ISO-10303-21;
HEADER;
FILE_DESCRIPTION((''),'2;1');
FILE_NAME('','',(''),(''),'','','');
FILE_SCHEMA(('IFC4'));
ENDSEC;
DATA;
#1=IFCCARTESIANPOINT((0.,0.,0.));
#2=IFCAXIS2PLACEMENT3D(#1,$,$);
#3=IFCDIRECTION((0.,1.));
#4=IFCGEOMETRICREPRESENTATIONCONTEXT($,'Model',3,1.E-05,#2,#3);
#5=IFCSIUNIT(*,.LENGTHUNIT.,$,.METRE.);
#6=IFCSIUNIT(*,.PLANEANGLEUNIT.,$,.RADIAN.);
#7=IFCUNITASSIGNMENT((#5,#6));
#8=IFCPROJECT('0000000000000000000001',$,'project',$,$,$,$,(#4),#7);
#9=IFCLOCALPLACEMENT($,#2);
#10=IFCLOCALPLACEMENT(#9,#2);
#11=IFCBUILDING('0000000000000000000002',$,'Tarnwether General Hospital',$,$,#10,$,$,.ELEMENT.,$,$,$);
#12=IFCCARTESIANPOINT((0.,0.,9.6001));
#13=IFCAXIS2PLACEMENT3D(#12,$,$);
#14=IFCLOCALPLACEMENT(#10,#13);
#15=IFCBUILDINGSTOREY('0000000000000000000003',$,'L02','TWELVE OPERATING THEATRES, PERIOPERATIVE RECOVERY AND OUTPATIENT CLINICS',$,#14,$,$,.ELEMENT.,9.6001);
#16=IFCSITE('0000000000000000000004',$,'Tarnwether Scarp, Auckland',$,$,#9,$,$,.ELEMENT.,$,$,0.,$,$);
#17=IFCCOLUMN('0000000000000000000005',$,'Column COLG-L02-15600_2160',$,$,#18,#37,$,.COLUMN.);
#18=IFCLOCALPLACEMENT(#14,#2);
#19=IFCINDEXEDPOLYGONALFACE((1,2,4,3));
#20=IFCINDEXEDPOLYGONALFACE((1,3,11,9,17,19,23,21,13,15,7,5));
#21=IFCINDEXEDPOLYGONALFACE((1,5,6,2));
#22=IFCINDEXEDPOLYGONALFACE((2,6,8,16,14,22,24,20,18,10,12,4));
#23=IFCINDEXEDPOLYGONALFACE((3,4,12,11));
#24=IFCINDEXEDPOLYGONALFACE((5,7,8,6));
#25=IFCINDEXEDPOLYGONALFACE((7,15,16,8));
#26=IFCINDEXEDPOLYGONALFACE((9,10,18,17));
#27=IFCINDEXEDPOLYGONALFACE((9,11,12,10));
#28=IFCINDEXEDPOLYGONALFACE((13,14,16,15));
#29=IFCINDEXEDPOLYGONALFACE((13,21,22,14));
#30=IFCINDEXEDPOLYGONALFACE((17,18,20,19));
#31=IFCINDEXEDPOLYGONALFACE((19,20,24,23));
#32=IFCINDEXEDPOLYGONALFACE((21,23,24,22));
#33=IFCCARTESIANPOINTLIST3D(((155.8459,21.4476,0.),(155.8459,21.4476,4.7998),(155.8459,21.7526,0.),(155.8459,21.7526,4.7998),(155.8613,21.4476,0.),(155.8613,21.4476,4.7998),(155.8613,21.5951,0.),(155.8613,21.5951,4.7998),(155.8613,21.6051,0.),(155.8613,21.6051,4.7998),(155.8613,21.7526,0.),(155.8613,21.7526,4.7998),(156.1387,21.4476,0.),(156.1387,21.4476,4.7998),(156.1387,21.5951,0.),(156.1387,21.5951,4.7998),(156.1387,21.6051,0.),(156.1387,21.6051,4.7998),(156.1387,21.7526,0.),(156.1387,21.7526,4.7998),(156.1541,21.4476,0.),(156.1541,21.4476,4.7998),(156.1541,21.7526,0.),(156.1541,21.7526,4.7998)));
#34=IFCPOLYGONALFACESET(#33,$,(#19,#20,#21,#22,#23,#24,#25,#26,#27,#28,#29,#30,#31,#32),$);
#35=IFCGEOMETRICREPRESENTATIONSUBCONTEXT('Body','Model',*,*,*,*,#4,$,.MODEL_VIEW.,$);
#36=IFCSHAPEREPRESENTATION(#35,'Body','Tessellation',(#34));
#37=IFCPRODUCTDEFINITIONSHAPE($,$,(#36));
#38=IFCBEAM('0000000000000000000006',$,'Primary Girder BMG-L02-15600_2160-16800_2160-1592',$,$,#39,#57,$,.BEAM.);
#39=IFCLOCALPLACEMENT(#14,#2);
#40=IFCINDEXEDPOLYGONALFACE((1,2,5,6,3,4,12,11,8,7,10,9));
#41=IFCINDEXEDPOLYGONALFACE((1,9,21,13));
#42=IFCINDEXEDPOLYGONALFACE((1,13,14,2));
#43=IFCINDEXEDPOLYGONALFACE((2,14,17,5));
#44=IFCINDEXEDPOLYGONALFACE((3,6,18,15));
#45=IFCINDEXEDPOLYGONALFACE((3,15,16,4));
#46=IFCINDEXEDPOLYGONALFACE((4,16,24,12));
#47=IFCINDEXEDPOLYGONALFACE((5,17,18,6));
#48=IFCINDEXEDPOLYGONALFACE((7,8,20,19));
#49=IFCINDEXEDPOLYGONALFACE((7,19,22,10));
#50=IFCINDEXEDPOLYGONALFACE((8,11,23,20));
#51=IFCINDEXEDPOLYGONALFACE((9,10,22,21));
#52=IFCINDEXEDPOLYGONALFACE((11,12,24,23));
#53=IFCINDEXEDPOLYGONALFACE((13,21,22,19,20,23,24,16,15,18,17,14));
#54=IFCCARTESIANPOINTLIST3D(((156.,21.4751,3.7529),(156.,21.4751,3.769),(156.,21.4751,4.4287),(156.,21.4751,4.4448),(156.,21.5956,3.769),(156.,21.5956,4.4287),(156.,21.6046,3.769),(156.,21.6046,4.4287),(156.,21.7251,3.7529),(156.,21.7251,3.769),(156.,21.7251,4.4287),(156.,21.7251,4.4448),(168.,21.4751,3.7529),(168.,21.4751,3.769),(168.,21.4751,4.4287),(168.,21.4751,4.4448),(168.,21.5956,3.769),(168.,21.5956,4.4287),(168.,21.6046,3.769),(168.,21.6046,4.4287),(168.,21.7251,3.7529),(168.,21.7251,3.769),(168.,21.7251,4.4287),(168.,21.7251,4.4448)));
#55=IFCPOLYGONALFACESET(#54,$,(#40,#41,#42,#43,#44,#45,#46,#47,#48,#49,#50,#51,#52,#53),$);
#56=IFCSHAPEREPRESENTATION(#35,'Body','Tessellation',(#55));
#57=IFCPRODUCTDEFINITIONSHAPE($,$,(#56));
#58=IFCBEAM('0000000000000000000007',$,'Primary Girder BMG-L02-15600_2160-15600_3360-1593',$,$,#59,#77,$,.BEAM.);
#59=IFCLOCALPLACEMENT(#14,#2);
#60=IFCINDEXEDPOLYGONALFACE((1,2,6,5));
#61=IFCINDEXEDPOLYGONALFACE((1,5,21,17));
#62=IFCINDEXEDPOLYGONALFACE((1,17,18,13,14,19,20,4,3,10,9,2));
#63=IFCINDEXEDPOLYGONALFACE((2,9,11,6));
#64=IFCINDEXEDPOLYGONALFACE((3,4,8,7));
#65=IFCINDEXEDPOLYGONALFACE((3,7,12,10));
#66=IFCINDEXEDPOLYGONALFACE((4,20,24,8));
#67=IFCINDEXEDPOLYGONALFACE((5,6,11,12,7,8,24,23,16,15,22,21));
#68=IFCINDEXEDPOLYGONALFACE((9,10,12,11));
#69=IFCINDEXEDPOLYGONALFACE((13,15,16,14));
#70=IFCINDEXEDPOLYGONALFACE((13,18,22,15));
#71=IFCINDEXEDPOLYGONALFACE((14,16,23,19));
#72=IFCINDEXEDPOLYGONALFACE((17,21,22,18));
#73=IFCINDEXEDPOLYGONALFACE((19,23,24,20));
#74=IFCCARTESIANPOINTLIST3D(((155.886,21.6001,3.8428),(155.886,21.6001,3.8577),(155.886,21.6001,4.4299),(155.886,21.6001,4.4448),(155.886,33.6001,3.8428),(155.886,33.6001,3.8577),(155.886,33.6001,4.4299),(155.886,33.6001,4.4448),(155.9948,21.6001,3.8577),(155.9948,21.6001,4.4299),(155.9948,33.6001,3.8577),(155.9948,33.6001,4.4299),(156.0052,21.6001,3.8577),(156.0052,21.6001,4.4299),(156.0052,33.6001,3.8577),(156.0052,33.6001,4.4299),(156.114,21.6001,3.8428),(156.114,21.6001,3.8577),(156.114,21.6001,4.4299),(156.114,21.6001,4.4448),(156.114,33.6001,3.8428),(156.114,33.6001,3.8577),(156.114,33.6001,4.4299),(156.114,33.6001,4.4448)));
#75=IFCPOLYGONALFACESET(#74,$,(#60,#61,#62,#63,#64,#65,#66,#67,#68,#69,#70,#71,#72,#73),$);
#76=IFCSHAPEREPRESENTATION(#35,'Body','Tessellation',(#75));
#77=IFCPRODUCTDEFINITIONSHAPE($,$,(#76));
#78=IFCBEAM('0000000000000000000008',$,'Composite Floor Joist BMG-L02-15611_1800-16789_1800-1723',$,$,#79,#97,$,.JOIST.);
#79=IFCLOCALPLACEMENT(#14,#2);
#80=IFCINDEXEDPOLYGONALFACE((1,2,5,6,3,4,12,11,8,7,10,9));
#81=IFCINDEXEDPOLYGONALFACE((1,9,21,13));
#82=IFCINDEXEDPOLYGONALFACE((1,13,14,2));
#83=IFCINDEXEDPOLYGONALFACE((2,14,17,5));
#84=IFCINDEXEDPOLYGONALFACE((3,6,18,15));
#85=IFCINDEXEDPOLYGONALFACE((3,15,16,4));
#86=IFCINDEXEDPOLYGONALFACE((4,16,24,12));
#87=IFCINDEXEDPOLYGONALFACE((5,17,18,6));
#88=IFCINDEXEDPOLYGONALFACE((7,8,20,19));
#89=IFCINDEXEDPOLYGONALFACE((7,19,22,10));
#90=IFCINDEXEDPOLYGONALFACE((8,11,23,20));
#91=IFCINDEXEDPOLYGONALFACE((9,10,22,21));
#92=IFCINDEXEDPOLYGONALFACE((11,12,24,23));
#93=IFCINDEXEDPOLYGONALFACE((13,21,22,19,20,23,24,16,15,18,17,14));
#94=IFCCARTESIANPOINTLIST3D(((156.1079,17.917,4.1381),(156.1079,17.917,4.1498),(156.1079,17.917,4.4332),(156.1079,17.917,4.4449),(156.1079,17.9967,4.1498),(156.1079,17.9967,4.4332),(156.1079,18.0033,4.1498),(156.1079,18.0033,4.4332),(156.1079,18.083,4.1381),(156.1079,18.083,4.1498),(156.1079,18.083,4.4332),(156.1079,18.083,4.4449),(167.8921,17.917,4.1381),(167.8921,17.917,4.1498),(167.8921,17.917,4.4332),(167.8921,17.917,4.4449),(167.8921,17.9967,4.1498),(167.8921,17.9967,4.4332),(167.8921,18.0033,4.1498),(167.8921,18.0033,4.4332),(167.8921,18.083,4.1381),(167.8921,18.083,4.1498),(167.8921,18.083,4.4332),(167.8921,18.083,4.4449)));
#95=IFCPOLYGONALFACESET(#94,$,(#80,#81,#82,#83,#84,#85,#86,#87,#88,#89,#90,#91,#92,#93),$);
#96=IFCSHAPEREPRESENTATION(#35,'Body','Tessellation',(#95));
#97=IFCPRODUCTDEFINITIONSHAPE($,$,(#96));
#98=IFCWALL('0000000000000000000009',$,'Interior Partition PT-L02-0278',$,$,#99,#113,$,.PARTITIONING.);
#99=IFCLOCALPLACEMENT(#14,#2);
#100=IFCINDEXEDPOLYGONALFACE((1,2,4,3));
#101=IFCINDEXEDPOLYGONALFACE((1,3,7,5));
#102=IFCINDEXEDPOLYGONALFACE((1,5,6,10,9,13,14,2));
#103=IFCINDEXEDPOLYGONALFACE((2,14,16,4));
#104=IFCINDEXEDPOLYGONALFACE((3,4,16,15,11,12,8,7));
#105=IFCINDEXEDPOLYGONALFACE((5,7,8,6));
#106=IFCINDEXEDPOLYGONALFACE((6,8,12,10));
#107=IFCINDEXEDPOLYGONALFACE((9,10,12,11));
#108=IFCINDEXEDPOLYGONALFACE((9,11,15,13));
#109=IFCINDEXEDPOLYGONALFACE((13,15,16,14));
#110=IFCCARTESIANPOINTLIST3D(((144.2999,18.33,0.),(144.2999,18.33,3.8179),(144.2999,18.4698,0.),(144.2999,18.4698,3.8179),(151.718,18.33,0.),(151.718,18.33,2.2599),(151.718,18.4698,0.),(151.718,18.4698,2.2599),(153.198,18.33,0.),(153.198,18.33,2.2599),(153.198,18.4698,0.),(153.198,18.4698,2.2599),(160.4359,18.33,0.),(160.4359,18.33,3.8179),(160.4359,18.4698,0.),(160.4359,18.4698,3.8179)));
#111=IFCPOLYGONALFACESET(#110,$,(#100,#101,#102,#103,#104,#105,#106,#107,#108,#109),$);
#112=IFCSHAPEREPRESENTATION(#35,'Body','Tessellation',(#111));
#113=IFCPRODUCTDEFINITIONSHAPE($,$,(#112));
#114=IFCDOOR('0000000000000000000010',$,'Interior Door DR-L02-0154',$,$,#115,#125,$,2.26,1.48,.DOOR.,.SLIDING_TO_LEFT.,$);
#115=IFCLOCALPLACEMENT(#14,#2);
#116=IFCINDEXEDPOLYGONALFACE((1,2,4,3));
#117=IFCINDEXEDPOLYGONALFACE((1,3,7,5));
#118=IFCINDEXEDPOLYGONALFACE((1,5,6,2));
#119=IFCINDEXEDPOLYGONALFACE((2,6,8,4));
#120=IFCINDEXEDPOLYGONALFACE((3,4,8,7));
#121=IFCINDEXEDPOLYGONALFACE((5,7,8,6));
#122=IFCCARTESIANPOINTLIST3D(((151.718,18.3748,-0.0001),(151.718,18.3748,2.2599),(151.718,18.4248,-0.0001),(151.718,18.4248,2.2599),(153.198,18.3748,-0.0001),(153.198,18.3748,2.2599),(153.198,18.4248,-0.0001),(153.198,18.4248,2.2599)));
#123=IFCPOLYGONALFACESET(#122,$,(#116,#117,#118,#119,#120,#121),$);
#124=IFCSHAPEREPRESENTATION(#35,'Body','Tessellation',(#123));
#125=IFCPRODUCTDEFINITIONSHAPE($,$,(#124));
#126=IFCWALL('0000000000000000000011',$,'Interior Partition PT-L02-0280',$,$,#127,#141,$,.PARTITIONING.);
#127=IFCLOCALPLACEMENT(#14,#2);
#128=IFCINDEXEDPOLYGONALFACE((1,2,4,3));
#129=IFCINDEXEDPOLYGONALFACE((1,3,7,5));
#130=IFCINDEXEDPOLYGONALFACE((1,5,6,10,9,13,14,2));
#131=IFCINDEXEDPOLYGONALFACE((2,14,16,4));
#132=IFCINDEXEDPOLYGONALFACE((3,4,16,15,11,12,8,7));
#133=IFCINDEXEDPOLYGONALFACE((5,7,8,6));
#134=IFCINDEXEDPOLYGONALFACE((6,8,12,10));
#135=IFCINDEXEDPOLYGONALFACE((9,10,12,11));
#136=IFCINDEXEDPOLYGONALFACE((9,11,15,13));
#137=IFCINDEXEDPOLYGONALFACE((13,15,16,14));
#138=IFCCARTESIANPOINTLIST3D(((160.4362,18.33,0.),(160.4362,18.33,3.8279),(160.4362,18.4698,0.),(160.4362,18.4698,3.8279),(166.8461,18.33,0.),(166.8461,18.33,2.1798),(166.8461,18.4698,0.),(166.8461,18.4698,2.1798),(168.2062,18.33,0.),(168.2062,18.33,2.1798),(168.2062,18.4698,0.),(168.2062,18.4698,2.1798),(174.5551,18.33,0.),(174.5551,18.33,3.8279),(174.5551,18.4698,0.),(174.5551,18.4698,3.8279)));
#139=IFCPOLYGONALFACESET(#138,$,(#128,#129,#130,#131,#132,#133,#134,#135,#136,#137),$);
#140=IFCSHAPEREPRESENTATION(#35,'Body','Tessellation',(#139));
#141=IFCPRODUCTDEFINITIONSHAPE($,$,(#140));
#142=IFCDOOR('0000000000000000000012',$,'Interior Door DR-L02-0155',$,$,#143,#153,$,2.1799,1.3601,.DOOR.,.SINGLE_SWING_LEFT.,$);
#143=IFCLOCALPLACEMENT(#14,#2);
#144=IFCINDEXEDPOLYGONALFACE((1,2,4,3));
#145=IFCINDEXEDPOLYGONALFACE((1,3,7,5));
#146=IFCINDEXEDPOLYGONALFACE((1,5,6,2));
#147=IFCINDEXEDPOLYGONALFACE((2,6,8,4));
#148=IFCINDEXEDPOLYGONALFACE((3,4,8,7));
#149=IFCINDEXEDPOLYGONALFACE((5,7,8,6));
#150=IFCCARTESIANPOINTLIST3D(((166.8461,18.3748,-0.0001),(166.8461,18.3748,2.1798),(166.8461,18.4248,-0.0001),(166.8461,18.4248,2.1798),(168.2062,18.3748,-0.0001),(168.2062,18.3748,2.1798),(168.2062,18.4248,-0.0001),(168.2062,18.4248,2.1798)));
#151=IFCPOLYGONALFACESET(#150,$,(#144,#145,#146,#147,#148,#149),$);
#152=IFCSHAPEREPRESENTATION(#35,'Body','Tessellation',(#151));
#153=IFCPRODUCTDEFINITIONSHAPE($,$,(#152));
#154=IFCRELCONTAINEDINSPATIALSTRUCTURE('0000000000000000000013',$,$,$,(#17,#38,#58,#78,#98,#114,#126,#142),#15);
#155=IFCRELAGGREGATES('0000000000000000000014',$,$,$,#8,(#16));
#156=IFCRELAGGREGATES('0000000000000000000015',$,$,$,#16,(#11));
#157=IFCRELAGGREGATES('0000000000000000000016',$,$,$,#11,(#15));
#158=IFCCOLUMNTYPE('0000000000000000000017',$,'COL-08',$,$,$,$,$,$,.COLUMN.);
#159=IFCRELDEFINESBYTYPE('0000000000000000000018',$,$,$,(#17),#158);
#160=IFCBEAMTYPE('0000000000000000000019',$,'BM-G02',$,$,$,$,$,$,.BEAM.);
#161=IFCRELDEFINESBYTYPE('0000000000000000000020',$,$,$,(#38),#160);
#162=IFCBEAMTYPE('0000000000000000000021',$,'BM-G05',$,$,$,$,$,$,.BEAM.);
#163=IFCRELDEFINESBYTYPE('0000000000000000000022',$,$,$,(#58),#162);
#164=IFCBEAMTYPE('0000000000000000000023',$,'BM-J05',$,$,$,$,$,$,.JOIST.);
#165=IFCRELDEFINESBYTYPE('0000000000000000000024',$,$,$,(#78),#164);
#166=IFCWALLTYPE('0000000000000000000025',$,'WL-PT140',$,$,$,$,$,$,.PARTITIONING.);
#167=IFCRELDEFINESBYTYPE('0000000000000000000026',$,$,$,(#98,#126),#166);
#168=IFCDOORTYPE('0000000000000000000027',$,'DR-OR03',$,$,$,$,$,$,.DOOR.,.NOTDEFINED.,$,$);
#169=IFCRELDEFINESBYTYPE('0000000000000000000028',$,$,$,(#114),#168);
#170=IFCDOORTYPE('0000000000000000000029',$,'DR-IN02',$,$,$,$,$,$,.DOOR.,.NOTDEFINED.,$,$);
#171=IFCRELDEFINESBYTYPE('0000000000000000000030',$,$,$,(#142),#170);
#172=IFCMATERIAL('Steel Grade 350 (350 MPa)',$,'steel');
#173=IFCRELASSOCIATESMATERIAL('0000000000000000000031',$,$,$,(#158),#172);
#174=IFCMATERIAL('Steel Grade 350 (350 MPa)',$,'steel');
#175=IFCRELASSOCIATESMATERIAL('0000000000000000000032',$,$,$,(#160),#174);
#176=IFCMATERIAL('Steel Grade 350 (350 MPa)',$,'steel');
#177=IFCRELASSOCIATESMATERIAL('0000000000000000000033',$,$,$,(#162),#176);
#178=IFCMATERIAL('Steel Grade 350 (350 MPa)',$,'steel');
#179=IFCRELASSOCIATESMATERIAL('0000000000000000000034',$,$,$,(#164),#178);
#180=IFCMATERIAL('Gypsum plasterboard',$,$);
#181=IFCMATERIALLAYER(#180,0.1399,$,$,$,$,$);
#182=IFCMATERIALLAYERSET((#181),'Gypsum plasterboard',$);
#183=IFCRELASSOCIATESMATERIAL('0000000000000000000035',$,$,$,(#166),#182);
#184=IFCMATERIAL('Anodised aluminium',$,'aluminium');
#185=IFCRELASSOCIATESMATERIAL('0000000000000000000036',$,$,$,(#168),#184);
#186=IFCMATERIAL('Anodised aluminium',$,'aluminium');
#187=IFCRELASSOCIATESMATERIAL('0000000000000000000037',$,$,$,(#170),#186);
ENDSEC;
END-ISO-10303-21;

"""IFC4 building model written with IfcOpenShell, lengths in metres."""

from ifc_helpers import new_model, si_unit, direction, frame, frame_2d, origin, origin_2d, place, context, subcontext, project, spatial, rectangle, i_section, extrude, material, layer, layer_set, material_profile, profile_set, type_object, element, fill, save


model = new_model("IFC4")

# Units and contexts
model_context = context("Model", 3, precision=1e-05, world=origin(), true_north=direction((0.0, 1.0)))
body_context = subcontext(model_context, "Body", "Model", "MODEL_VIEW")
ifc_project = project(units=[si_unit("LENGTHUNIT", "METRE"), si_unit("PLANEANGLEUNIT", "RADIAN")], contexts=[model_context])

# Site, building, storey
site_placement = place(None, origin())
site = spatial("IfcSite", under=ifc_project, at=site_placement, Name="Tarnwether Scarp, Auckland", CompositionType="ELEMENT", RefElevation=0.0)
building_placement = place(site_placement, origin())
building = spatial("IfcBuilding", under=site, at=building_placement, Name="Tarnwether General Hospital", CompositionType="ELEMENT")
storey_placement = place(building_placement, frame((0.0, 0.0, 9.6001)))
storey = spatial("IfcBuildingStorey", under=building, at=storey_placement, Name="L02", Description="TWELVE OPERATING THEATRES, PERIOPERATIVE RECOVERY AND OUTPATIENT CLINICS", CompositionType="ELEMENT", Elevation=9.6001)

# Column
ifc_material_1 = material(Name="Steel Grade 350 (350 MPa)", Category="steel")
ifc_material_profile_1 = material_profile(ifc_material_1, i_section(OverallWidth=0.3049, OverallDepth=0.3081, WebThickness=0.01, FlangeThickness=0.0154, at=origin_2d()), Name="310UC96.8")
ifc_profile_set_1 = profile_set([ifc_material_profile_1], Name="Steel Grade 350 (350 MPa)")
column_type = type_object("IfcColumnType", Name="COL-08", PredefinedType="COLUMN", material=ifc_profile_set_1)
column_placement = place(storey_placement, frame((156.0, 21.6001, 0.0), z_axis=(0.0, 0.0, 1.0), x_axis=(0.0, 1.0, 0.0)))
element("IfcColumn", 1, at=column_placement, inside=storey, type_object=column_type, Name="Column COLG-L02-15600_2160", PredefinedType="COLUMN", context=body_context, shape_type="SweptSolid", body=[
    extrude(i_section(OverallWidth=0.3049, OverallDepth=0.3081, WebThickness=0.01, FlangeThickness=0.0154, at=origin_2d()), origin(), (0.0, 0.0, 1.0), 4.7998),
])

# Beams
ifc_material_2 = material(Name="Steel Grade 350 (350 MPa)", Category="steel")
ifc_material_profile_2 = material_profile(ifc_material_2, i_section(OverallWidth=0.25, OverallDepth=0.6919, WebThickness=0.009, FlangeThickness=0.0161, at=origin_2d()), Name="700WB115")
ifc_profile_set_2 = profile_set([ifc_material_profile_2], Name="Steel Grade 350 (350 MPa)")
beam_type_1 = type_object("IfcBeamType", Name="BM-G02", PredefinedType="BEAM", material=ifc_profile_set_2)
beam_1_placement = place(storey_placement, frame((156.0, 21.6001, 4.0989), z_axis=(1.0, 0.0, 0.0), x_axis=(0.0, 1.0, 0.0)))
element("IfcBeam", 2, at=beam_1_placement, inside=storey, type_object=beam_type_1, Name="Primary Girder BMG-L02-15600_2160-16800_2160-1592", PredefinedType="BEAM", context=body_context, shape_type="SweptSolid", body=[
    extrude(i_section(OverallWidth=0.25, OverallDepth=0.6919, WebThickness=0.009, FlangeThickness=0.0161, at=origin_2d()), origin(), (0.0, 0.0, 1.0), 12.0),
])
ifc_material_3 = material(Name="Steel Grade 350 (350 MPa)", Category="steel")
ifc_material_profile_3 = material_profile(ifc_material_3, i_section(OverallWidth=0.228, OverallDepth=0.6021, WebThickness=0.0105, FlangeThickness=0.0149, at=origin_2d()), Name="610UB101")
ifc_profile_set_3 = profile_set([ifc_material_profile_3], Name="Steel Grade 350 (350 MPa)")
beam_type_2 = type_object("IfcBeamType", Name="BM-G05", PredefinedType="BEAM", material=ifc_profile_set_3)
beam_2_placement = place(storey_placement, frame((156.0, 21.6001, 4.1438), z_axis=(0.0, 1.0, 0.0), x_axis=(-1.0, 0.0, 0.0)))
element("IfcBeam", 3, at=beam_2_placement, inside=storey, type_object=beam_type_2, Name="Primary Girder BMG-L02-15600_2160-15600_3360-1593", PredefinedType="BEAM", context=body_context, shape_type="SweptSolid", body=[
    extrude(i_section(OverallWidth=0.228, OverallDepth=0.6021, WebThickness=0.0105, FlangeThickness=0.0149, at=origin_2d()), origin(), (0.0, 0.0, 1.0), 12.0),
])
ifc_material_4 = material(Name="Steel Grade 350 (350 MPa)", Category="steel")
ifc_material_profile_4 = material_profile(ifc_material_4, i_section(OverallWidth=0.166, OverallDepth=0.3069, WebThickness=0.0066, FlangeThickness=0.0117, at=origin_2d()), Name="310UB46.2")
ifc_profile_set_4 = profile_set([ifc_material_profile_4], Name="Steel Grade 350 (350 MPa)")
beam_type_3 = type_object("IfcBeamType", Name="BM-J05", PredefinedType="JOIST", material=ifc_profile_set_4)
beam_3_placement = place(storey_placement, frame((156.1079, 18.0, 4.2915), z_axis=(1.0, 0.0, 0.0), x_axis=(0.0, 1.0, 0.0)))
element("IfcBeam", 4, at=beam_3_placement, inside=storey, type_object=beam_type_3, Name="Composite Floor Joist BMG-L02-15611_1800-16789_1800-1723", PredefinedType="JOIST", context=body_context, shape_type="SweptSolid", body=[
    extrude(i_section(OverallWidth=0.166, OverallDepth=0.3069, WebThickness=0.0066, FlangeThickness=0.0117, at=origin_2d()), origin(), (0.0, 0.0, 1.0), 11.7842),
])

# Walls, openings, doors
ifc_material_5 = material(Name="Gypsum plasterboard")
ifc_layer_1 = layer(ifc_material_5, 0.1399)
ifc_layer_set_1 = layer_set([ifc_layer_1], Name="Gypsum plasterboard")
wall_type_1 = type_object("IfcWallType", Name="WL-PT140", PredefinedType="PARTITIONING", material=ifc_layer_set_1)
wall_1_placement = place(storey_placement, frame((144.3, 18.3999, 0.0), z_axis=(0.0, 0.0, 1.0), x_axis=(1.0, 0.0, 0.0)))
wall_1 = element("IfcWall", 5, at=wall_1_placement, inside=storey, type_object=wall_type_1, Name="Interior Partition PT-L02-0278", PredefinedType="PARTITIONING", context=body_context, shape_type="SweptSolid", body=[
    extrude(rectangle(XDim=16.136, YDim=0.1399, at=frame_2d((8.0679, 0.0))), origin(), (0.0, 0.0, 1.0), 3.8179),
])
opening_1_placement = place(wall_1_placement, frame((7.418, 0.0, 0.0)))
opening_1 = element("IfcOpeningElement", 6, at=opening_1_placement, cuts=wall_1, PredefinedType="OPENING", context=body_context, shape_type="SweptSolid", body=[
    extrude(rectangle(XDim=1.48, YDim=2.26, at=frame_2d((0.74, 1.1299))), frame((0.0, 0.0801, 0.0), z_axis=(0.0, -1.0, 0.0), x_axis=(1.0, 0.0, 0.0)), (0.0, 0.0, 1.0), 0.1599),
])
ifc_material_6 = material(Name="Anodised aluminium", Category="aluminium")
door_type_1 = type_object("IfcDoorType", Name="DR-OR03", OperationType="NOTDEFINED", PredefinedType="DOOR", material=ifc_material_6)
door_1_placement = place(opening_1_placement, origin())
door_1 = element("IfcDoor", 7, at=door_1_placement, inside=storey, type_object=door_type_1, Name="Interior Door DR-L02-0154", OperationType="SLIDING_TO_LEFT", OverallHeight=2.26, OverallWidth=1.48, PredefinedType="DOOR", context=body_context, shape_type="SweptSolid", body=[
    extrude(rectangle(XDim=1.48, YDim=2.26, at=frame_2d((0.74, 1.1299))), frame((0.0, 0.0249, 0.0), z_axis=(0.0, -1.0, 0.0), x_axis=(1.0, 0.0, 0.0)), (0.0, 0.0, 1.0), 0.05),
])
fill(opening_1, door_1)
wall_2_placement = place(storey_placement, frame((160.436, 18.3999, 0.0), z_axis=(0.0, 0.0, 1.0), x_axis=(1.0, 0.0, 0.0)))
wall_2 = element("IfcWall", 8, at=wall_2_placement, inside=storey, type_object=wall_type_1, Name="Interior Partition PT-L02-0280", PredefinedType="PARTITIONING", context=body_context, shape_type="SweptSolid", body=[
    extrude(rectangle(XDim=14.1189, YDim=0.1399, at=frame_2d((7.0596, 0.0))), origin(), (0.0, 0.0, 1.0), 3.8279),
])
opening_2_placement = place(wall_2_placement, frame((6.4099, 0.0, 0.0)))
opening_2 = element("IfcOpeningElement", 9, at=opening_2_placement, cuts=wall_2, PredefinedType="OPENING", context=body_context, shape_type="SweptSolid", body=[
    extrude(rectangle(XDim=1.3601, YDim=2.1799, at=frame_2d((0.6802, 1.0898))), frame((0.0, 0.0801, 0.0), z_axis=(0.0, -1.0, 0.0), x_axis=(1.0, 0.0, 0.0)), (0.0, 0.0, 1.0), 0.1599),
])
ifc_material_7 = material(Name="Anodised aluminium", Category="aluminium")
door_type_2 = type_object("IfcDoorType", Name="DR-IN02", OperationType="NOTDEFINED", PredefinedType="DOOR", material=ifc_material_7)
door_2_placement = place(opening_2_placement, origin())
door_2 = element("IfcDoor", 10, at=door_2_placement, inside=storey, type_object=door_type_2, Name="Interior Door DR-L02-0155", OperationType="SINGLE_SWING_LEFT", OverallHeight=2.1799, OverallWidth=1.3601, PredefinedType="DOOR", context=body_context, shape_type="SweptSolid", body=[
    extrude(rectangle(XDim=1.3601, YDim=2.1799, at=frame_2d((0.6802, 1.0898))), frame((0.0, 0.0249, 0.0), z_axis=(0.0, -1.0, 0.0), x_axis=(1.0, 0.0, 0.0)), (0.0, 0.0, 1.0), 0.05),
])
fill(opening_2, door_2)

save(model, "model.ifc")
